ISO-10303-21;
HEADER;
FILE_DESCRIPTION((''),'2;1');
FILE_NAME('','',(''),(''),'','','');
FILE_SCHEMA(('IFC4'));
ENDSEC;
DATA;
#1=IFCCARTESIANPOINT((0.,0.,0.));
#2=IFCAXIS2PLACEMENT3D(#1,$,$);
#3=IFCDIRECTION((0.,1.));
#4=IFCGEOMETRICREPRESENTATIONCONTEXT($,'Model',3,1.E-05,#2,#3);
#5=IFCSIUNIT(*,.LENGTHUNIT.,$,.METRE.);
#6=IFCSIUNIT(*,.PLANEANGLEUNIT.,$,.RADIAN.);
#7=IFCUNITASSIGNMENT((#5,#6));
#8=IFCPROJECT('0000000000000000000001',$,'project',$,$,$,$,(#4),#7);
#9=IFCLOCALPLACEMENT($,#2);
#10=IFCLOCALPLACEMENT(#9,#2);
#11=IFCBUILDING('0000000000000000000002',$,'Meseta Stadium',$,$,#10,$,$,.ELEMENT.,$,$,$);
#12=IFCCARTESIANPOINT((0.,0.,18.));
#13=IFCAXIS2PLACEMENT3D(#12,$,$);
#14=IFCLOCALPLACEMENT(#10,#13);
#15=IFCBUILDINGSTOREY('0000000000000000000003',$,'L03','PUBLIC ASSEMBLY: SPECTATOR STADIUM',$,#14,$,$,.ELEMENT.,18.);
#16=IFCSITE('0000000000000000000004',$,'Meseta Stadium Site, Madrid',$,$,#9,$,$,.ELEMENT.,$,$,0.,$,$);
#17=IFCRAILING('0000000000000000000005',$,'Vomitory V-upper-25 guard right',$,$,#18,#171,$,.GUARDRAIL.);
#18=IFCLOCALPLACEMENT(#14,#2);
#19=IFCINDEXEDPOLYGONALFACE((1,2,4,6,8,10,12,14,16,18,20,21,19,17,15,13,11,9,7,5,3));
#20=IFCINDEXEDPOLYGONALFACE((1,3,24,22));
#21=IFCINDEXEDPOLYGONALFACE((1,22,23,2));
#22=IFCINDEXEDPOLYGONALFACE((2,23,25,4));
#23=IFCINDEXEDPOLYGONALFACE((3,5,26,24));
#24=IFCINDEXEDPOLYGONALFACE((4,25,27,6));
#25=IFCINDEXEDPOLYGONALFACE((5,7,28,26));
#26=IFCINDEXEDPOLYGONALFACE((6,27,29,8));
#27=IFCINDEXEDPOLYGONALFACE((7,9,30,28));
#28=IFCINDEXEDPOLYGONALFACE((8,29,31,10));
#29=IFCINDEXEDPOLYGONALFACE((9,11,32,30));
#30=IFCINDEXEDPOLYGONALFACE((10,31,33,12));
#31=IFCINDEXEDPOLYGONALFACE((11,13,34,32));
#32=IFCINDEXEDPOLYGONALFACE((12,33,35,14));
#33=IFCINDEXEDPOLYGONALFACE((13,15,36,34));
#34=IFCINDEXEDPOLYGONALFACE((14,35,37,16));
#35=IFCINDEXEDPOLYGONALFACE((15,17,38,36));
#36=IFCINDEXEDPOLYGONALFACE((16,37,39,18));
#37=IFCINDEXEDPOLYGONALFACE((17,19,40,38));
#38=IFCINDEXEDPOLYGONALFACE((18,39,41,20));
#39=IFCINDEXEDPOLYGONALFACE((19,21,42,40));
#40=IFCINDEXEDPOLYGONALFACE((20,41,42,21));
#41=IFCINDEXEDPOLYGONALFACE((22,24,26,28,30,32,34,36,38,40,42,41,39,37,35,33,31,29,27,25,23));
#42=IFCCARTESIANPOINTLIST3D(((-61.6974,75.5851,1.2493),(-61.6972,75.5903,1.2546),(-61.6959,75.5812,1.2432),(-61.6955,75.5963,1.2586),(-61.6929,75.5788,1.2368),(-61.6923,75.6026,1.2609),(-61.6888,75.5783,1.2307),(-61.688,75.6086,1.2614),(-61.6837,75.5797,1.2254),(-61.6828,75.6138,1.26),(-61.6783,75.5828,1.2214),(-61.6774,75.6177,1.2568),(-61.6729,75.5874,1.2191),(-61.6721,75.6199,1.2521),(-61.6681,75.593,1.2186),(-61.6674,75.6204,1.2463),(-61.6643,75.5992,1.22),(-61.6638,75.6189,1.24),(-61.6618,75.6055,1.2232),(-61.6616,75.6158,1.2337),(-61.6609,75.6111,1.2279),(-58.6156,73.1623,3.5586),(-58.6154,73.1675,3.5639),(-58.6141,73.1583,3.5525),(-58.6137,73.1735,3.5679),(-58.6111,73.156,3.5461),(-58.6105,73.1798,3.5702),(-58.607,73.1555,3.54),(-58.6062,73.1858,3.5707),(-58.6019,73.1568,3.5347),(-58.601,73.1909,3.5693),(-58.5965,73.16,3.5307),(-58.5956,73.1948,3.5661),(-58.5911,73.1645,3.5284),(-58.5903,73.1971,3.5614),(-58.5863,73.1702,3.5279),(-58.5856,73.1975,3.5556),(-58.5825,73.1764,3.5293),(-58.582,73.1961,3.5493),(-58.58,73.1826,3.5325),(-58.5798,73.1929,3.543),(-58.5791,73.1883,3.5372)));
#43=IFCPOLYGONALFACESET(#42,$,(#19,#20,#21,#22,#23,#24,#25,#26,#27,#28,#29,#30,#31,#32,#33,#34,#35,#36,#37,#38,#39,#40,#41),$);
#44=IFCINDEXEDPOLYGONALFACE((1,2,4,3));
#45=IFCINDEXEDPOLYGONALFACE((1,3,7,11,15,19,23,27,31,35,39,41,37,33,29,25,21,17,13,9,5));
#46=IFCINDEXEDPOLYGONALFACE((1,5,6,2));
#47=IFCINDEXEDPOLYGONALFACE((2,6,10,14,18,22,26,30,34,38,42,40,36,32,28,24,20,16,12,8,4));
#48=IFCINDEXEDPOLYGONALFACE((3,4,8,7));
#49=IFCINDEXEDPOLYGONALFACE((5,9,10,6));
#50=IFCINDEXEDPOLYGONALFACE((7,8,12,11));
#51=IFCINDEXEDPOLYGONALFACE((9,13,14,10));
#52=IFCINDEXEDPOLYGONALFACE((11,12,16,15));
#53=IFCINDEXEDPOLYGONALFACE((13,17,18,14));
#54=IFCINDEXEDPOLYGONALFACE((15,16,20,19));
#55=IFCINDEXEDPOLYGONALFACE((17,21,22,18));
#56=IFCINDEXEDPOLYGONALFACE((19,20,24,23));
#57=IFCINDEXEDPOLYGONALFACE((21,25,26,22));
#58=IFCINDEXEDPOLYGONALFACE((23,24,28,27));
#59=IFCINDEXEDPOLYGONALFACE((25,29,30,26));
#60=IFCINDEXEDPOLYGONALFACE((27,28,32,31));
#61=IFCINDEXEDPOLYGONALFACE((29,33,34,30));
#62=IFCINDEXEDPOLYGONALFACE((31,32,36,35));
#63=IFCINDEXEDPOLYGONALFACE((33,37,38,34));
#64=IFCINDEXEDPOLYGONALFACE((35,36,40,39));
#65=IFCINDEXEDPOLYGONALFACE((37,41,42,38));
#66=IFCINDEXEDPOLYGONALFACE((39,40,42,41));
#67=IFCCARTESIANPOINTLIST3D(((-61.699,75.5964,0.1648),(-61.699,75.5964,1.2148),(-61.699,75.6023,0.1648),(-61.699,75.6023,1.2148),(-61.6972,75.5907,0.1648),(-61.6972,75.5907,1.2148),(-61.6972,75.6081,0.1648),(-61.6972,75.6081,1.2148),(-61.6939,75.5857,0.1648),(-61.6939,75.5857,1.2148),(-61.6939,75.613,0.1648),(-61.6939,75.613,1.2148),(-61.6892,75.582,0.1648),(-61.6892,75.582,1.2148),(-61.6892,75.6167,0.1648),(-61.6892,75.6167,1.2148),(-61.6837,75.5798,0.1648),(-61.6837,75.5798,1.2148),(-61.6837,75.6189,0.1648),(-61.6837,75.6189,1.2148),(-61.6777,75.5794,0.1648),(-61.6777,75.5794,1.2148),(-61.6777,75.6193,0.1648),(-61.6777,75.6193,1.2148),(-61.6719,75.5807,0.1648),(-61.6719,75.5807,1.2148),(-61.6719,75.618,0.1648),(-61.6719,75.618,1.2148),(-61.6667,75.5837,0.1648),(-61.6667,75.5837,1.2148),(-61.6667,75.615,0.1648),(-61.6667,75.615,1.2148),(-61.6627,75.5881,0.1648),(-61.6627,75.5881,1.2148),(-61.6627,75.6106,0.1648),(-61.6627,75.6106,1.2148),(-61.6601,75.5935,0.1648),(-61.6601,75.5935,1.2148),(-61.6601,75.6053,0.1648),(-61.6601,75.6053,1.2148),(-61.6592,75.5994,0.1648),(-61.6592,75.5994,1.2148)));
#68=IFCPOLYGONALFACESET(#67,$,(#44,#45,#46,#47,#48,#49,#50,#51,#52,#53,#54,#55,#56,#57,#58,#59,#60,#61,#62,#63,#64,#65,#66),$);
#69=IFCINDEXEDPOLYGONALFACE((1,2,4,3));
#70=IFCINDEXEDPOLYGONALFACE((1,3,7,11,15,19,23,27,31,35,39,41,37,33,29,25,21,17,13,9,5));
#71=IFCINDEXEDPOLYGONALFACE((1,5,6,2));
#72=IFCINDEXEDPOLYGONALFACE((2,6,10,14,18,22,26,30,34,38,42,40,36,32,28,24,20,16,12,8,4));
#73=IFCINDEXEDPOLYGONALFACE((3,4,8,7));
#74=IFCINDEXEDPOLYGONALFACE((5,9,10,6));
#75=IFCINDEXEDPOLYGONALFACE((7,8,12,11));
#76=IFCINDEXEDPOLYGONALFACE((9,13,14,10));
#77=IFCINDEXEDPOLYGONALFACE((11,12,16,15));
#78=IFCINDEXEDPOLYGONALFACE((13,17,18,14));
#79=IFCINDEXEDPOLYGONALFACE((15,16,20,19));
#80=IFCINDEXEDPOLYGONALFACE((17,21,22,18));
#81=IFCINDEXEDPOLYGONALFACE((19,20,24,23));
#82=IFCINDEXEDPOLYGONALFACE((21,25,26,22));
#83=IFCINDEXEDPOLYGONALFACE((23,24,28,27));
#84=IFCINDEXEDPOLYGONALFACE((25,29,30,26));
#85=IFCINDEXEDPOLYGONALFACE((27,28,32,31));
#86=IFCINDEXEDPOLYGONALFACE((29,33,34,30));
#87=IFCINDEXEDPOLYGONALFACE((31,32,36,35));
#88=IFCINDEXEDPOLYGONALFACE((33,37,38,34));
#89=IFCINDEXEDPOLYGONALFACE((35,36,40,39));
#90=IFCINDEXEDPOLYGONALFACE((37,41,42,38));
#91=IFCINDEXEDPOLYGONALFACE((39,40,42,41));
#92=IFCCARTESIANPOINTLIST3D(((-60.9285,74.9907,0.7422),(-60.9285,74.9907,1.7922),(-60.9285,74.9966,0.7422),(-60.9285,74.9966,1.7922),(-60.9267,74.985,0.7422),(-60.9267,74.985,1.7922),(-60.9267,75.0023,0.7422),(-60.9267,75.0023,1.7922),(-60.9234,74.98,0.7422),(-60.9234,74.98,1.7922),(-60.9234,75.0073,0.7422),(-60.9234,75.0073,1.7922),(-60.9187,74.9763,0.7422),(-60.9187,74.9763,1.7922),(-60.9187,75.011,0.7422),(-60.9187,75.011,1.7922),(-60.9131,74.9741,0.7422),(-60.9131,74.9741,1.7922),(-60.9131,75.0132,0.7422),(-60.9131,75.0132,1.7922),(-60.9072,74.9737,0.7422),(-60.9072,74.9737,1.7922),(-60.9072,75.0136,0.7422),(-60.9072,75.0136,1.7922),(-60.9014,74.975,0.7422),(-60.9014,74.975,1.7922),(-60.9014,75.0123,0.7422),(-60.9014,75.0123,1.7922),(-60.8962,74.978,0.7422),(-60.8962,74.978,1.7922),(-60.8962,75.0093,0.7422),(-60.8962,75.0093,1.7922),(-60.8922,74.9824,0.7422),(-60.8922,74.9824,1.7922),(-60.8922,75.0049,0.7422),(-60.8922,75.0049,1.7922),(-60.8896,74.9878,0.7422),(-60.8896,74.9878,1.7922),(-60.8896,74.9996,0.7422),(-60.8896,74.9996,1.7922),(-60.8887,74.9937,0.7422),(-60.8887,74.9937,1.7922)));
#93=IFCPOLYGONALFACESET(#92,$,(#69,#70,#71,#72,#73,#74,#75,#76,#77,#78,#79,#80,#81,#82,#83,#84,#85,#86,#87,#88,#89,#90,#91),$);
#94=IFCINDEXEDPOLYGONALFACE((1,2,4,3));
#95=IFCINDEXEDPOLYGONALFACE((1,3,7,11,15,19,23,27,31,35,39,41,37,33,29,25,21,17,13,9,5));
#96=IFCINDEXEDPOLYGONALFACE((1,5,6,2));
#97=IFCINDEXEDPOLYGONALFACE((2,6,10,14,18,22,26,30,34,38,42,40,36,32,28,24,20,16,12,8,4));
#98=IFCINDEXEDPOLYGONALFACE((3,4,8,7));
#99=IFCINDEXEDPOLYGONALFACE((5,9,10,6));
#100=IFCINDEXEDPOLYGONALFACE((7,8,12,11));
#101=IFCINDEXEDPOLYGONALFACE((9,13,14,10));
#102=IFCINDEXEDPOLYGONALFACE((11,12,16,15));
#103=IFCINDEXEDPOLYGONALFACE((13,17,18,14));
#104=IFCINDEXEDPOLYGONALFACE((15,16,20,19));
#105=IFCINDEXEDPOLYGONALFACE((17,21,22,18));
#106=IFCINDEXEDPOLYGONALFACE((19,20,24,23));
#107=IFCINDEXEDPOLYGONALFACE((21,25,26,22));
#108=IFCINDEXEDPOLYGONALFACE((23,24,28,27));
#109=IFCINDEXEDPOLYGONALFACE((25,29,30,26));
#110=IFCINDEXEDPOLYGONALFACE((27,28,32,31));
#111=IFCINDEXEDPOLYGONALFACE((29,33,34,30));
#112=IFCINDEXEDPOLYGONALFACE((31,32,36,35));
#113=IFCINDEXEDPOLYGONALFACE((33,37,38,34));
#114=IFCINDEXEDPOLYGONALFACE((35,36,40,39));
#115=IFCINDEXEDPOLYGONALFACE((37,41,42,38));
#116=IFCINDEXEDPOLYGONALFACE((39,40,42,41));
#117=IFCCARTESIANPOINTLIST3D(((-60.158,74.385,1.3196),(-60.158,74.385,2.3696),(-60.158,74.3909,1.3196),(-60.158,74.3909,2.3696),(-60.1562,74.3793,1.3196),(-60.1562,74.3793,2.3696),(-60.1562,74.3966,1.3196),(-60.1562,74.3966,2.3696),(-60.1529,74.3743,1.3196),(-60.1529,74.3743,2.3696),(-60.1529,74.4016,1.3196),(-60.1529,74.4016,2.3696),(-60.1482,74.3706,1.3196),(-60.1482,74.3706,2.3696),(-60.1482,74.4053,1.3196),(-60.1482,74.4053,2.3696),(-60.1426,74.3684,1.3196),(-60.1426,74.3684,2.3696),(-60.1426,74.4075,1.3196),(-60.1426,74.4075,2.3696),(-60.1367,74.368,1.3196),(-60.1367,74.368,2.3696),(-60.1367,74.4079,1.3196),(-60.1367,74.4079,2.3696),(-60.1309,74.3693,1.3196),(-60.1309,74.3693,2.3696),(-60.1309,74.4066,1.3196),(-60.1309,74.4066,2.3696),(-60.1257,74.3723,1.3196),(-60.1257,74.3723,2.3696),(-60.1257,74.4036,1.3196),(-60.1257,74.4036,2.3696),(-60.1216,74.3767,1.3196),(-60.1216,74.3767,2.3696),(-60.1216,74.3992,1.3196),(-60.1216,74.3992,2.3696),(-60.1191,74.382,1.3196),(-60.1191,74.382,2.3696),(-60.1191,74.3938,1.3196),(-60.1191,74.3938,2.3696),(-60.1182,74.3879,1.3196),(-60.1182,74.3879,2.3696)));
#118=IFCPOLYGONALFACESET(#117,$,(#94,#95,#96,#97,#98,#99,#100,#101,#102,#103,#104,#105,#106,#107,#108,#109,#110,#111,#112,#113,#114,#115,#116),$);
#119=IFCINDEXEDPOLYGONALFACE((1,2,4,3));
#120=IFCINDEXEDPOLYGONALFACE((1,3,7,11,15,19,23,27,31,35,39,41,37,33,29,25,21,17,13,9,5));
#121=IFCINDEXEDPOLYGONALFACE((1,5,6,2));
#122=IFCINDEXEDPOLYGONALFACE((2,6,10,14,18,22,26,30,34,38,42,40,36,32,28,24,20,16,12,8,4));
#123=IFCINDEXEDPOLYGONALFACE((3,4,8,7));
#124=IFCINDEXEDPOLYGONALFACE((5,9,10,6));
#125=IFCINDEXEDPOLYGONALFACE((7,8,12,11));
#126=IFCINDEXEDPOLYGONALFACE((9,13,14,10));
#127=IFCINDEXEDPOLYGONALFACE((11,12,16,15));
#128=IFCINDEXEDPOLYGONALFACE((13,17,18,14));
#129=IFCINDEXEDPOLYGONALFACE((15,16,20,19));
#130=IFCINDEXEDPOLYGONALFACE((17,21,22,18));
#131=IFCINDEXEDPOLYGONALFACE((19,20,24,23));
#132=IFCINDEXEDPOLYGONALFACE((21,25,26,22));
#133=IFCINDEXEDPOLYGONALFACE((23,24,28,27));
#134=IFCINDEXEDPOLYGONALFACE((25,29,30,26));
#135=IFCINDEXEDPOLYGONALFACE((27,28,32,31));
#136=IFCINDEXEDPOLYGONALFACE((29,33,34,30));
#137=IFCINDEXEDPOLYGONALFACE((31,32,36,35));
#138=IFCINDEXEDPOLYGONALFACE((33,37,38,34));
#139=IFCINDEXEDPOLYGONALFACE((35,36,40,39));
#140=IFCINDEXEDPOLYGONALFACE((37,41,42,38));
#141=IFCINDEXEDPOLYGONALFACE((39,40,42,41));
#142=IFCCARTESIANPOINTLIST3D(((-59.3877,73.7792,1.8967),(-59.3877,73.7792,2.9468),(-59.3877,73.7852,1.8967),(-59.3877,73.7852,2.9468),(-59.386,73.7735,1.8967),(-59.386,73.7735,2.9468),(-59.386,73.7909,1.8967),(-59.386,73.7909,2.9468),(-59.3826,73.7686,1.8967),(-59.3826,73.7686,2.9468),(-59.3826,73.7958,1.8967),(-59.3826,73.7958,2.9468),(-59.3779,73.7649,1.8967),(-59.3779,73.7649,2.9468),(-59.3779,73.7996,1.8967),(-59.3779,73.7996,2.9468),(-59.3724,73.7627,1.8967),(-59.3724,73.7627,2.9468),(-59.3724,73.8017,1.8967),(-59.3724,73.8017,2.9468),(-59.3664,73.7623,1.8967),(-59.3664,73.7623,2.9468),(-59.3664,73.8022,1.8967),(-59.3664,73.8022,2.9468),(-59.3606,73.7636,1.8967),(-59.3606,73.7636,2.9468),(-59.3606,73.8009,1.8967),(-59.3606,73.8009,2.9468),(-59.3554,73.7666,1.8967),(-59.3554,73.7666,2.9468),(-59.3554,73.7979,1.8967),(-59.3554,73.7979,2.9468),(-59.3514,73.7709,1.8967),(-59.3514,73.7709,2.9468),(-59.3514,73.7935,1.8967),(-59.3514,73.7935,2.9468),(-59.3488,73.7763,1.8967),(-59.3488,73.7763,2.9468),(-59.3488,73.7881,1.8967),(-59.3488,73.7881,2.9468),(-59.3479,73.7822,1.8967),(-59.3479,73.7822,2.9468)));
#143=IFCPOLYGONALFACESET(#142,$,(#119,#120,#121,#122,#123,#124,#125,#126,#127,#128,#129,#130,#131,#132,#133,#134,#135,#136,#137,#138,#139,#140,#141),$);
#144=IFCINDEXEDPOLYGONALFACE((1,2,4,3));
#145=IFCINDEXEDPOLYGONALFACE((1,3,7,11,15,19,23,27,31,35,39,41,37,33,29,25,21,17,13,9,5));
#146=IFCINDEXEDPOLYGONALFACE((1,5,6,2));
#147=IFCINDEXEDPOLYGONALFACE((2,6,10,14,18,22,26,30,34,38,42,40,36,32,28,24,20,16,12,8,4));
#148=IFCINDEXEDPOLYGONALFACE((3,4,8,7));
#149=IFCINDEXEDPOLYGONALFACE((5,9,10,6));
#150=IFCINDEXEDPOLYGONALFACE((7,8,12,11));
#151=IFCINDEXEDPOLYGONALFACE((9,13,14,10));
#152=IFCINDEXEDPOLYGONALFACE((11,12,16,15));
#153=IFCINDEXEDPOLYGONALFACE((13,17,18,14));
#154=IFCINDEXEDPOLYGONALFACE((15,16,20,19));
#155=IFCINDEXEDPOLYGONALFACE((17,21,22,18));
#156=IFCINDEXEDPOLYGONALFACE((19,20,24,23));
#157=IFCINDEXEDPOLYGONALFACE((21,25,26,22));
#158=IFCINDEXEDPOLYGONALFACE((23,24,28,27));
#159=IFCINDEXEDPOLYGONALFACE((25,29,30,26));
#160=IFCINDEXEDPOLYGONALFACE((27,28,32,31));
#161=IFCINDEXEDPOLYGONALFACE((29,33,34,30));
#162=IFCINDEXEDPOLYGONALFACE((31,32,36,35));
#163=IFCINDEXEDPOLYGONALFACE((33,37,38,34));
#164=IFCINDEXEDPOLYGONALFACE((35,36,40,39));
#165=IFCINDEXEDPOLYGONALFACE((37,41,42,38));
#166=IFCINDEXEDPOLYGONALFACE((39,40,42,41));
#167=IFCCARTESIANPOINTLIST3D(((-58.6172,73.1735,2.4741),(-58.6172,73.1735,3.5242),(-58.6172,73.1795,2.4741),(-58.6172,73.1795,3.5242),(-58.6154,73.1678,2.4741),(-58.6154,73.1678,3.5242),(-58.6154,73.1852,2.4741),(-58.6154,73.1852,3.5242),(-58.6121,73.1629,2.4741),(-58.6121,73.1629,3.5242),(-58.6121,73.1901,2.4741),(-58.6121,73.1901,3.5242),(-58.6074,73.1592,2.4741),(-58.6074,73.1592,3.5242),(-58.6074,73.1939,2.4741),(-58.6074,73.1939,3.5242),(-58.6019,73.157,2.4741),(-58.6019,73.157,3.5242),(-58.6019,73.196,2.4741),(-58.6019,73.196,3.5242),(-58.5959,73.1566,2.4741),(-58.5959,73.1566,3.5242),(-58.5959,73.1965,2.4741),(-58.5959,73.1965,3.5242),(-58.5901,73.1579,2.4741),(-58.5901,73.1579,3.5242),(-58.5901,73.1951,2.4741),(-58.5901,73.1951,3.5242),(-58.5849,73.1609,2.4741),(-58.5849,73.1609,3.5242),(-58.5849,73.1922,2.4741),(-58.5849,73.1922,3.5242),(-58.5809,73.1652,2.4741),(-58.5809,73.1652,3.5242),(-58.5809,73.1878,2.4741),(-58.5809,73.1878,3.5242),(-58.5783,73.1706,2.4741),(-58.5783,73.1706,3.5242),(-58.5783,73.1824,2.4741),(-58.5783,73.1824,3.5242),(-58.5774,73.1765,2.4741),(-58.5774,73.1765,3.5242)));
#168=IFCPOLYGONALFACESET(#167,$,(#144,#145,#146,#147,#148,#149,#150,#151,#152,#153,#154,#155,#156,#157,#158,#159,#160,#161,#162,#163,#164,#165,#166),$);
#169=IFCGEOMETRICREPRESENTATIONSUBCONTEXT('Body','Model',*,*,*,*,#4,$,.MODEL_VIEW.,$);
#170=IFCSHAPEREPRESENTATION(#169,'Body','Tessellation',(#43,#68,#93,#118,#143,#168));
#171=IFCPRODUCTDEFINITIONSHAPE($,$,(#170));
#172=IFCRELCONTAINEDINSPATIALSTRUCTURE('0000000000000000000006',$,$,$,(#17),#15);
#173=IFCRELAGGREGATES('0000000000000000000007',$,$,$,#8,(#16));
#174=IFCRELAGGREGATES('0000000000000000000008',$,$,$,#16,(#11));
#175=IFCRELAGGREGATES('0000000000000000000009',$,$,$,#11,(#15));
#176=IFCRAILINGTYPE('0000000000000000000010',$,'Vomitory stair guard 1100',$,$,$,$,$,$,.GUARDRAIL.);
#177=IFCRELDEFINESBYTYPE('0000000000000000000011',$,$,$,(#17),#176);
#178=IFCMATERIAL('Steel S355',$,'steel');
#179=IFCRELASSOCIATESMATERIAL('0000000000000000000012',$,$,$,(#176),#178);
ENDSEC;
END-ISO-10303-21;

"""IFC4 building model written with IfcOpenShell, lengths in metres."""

from ifc_helpers import new_model, si_unit, direction, frame, origin, origin_2d, place, context, subcontext, project, spatial, circle, extrude, material, type_object, element, save


model = new_model("IFC4")

# Units and contexts
model_context = context("Model", 3, precision=1e-05, world=origin(), true_north=direction((0.0, 1.0)))
body_context = subcontext(model_context, "Body", "Model", "MODEL_VIEW")
ifc_project = project(units=[si_unit("LENGTHUNIT", "METRE"), si_unit("PLANEANGLEUNIT", "RADIAN")], contexts=[model_context])

# Site, building, storey
site_placement = place(None, origin())
site = spatial("IfcSite", under=ifc_project, at=site_placement, Name="Meseta Stadium Site, Madrid", CompositionType="ELEMENT", RefElevation=0.0)
building_placement = place(site_placement, origin())
building = spatial("IfcBuilding", under=site, at=building_placement, Name="Meseta Stadium", CompositionType="ELEMENT")
storey_placement = place(building_placement, frame((0.0, 0.0, 18.0)))
storey = spatial("IfcBuildingStorey", under=building, at=storey_placement, Name="L03", Description="PUBLIC ASSEMBLY: SPECTATOR STADIUM", CompositionType="ELEMENT", Elevation=18.0)

# Railing
ifc_material_1 = material(Name="Steel S355", Category="steel")
railing_type_1 = type_object("IfcRailingType", Name="Vomitory stair guard 1100", PredefinedType="GUARDRAIL", material=ifc_material_1)
railing_1_placement = place(storey_placement, frame((-61.6792, 75.5994, 0.1648)))
element("IfcRailing", 1, at=railing_1_placement, inside=storey, type_object=railing_type_1, Name="Vomitory V-upper-25 guard right", PredefinedType="GUARDRAIL", context=body_context, shape_type="SweptSolid", body=[
    extrude(circle(Radius=0.0249, at=origin_2d()), frame((0.0, 0.0, 1.0752), z_axis=(0.677347, -0.532519, 0.507567), x_axis=(0.61805, 0.786139, 0.0)), (0.0, 0.0, 1.0), 4.5498),
    extrude(circle(Radius=0.02, at=origin_2d()), origin(), (0.0, 0.0, 1.0), 1.05),
    extrude(circle(Radius=0.02, at=origin_2d()), frame((0.7705, -0.6057, 0.5774)), (0.0, 0.0, 1.0), 1.05),
    extrude(circle(Radius=0.02, at=origin_2d()), frame((1.541, -1.2114, 1.1548)), (0.0, 0.0, 1.0), 1.05),
    extrude(circle(Radius=0.02, at=origin_2d()), frame((2.3113, -1.8171, 1.7319)), (0.0, 0.0, 1.0), 1.05),
    extrude(circle(Radius=0.02, at=origin_2d()), frame((3.0818, -2.4229, 2.3093)), (0.0, 0.0, 1.0), 1.05),
])

save(model, "model.ifc")
